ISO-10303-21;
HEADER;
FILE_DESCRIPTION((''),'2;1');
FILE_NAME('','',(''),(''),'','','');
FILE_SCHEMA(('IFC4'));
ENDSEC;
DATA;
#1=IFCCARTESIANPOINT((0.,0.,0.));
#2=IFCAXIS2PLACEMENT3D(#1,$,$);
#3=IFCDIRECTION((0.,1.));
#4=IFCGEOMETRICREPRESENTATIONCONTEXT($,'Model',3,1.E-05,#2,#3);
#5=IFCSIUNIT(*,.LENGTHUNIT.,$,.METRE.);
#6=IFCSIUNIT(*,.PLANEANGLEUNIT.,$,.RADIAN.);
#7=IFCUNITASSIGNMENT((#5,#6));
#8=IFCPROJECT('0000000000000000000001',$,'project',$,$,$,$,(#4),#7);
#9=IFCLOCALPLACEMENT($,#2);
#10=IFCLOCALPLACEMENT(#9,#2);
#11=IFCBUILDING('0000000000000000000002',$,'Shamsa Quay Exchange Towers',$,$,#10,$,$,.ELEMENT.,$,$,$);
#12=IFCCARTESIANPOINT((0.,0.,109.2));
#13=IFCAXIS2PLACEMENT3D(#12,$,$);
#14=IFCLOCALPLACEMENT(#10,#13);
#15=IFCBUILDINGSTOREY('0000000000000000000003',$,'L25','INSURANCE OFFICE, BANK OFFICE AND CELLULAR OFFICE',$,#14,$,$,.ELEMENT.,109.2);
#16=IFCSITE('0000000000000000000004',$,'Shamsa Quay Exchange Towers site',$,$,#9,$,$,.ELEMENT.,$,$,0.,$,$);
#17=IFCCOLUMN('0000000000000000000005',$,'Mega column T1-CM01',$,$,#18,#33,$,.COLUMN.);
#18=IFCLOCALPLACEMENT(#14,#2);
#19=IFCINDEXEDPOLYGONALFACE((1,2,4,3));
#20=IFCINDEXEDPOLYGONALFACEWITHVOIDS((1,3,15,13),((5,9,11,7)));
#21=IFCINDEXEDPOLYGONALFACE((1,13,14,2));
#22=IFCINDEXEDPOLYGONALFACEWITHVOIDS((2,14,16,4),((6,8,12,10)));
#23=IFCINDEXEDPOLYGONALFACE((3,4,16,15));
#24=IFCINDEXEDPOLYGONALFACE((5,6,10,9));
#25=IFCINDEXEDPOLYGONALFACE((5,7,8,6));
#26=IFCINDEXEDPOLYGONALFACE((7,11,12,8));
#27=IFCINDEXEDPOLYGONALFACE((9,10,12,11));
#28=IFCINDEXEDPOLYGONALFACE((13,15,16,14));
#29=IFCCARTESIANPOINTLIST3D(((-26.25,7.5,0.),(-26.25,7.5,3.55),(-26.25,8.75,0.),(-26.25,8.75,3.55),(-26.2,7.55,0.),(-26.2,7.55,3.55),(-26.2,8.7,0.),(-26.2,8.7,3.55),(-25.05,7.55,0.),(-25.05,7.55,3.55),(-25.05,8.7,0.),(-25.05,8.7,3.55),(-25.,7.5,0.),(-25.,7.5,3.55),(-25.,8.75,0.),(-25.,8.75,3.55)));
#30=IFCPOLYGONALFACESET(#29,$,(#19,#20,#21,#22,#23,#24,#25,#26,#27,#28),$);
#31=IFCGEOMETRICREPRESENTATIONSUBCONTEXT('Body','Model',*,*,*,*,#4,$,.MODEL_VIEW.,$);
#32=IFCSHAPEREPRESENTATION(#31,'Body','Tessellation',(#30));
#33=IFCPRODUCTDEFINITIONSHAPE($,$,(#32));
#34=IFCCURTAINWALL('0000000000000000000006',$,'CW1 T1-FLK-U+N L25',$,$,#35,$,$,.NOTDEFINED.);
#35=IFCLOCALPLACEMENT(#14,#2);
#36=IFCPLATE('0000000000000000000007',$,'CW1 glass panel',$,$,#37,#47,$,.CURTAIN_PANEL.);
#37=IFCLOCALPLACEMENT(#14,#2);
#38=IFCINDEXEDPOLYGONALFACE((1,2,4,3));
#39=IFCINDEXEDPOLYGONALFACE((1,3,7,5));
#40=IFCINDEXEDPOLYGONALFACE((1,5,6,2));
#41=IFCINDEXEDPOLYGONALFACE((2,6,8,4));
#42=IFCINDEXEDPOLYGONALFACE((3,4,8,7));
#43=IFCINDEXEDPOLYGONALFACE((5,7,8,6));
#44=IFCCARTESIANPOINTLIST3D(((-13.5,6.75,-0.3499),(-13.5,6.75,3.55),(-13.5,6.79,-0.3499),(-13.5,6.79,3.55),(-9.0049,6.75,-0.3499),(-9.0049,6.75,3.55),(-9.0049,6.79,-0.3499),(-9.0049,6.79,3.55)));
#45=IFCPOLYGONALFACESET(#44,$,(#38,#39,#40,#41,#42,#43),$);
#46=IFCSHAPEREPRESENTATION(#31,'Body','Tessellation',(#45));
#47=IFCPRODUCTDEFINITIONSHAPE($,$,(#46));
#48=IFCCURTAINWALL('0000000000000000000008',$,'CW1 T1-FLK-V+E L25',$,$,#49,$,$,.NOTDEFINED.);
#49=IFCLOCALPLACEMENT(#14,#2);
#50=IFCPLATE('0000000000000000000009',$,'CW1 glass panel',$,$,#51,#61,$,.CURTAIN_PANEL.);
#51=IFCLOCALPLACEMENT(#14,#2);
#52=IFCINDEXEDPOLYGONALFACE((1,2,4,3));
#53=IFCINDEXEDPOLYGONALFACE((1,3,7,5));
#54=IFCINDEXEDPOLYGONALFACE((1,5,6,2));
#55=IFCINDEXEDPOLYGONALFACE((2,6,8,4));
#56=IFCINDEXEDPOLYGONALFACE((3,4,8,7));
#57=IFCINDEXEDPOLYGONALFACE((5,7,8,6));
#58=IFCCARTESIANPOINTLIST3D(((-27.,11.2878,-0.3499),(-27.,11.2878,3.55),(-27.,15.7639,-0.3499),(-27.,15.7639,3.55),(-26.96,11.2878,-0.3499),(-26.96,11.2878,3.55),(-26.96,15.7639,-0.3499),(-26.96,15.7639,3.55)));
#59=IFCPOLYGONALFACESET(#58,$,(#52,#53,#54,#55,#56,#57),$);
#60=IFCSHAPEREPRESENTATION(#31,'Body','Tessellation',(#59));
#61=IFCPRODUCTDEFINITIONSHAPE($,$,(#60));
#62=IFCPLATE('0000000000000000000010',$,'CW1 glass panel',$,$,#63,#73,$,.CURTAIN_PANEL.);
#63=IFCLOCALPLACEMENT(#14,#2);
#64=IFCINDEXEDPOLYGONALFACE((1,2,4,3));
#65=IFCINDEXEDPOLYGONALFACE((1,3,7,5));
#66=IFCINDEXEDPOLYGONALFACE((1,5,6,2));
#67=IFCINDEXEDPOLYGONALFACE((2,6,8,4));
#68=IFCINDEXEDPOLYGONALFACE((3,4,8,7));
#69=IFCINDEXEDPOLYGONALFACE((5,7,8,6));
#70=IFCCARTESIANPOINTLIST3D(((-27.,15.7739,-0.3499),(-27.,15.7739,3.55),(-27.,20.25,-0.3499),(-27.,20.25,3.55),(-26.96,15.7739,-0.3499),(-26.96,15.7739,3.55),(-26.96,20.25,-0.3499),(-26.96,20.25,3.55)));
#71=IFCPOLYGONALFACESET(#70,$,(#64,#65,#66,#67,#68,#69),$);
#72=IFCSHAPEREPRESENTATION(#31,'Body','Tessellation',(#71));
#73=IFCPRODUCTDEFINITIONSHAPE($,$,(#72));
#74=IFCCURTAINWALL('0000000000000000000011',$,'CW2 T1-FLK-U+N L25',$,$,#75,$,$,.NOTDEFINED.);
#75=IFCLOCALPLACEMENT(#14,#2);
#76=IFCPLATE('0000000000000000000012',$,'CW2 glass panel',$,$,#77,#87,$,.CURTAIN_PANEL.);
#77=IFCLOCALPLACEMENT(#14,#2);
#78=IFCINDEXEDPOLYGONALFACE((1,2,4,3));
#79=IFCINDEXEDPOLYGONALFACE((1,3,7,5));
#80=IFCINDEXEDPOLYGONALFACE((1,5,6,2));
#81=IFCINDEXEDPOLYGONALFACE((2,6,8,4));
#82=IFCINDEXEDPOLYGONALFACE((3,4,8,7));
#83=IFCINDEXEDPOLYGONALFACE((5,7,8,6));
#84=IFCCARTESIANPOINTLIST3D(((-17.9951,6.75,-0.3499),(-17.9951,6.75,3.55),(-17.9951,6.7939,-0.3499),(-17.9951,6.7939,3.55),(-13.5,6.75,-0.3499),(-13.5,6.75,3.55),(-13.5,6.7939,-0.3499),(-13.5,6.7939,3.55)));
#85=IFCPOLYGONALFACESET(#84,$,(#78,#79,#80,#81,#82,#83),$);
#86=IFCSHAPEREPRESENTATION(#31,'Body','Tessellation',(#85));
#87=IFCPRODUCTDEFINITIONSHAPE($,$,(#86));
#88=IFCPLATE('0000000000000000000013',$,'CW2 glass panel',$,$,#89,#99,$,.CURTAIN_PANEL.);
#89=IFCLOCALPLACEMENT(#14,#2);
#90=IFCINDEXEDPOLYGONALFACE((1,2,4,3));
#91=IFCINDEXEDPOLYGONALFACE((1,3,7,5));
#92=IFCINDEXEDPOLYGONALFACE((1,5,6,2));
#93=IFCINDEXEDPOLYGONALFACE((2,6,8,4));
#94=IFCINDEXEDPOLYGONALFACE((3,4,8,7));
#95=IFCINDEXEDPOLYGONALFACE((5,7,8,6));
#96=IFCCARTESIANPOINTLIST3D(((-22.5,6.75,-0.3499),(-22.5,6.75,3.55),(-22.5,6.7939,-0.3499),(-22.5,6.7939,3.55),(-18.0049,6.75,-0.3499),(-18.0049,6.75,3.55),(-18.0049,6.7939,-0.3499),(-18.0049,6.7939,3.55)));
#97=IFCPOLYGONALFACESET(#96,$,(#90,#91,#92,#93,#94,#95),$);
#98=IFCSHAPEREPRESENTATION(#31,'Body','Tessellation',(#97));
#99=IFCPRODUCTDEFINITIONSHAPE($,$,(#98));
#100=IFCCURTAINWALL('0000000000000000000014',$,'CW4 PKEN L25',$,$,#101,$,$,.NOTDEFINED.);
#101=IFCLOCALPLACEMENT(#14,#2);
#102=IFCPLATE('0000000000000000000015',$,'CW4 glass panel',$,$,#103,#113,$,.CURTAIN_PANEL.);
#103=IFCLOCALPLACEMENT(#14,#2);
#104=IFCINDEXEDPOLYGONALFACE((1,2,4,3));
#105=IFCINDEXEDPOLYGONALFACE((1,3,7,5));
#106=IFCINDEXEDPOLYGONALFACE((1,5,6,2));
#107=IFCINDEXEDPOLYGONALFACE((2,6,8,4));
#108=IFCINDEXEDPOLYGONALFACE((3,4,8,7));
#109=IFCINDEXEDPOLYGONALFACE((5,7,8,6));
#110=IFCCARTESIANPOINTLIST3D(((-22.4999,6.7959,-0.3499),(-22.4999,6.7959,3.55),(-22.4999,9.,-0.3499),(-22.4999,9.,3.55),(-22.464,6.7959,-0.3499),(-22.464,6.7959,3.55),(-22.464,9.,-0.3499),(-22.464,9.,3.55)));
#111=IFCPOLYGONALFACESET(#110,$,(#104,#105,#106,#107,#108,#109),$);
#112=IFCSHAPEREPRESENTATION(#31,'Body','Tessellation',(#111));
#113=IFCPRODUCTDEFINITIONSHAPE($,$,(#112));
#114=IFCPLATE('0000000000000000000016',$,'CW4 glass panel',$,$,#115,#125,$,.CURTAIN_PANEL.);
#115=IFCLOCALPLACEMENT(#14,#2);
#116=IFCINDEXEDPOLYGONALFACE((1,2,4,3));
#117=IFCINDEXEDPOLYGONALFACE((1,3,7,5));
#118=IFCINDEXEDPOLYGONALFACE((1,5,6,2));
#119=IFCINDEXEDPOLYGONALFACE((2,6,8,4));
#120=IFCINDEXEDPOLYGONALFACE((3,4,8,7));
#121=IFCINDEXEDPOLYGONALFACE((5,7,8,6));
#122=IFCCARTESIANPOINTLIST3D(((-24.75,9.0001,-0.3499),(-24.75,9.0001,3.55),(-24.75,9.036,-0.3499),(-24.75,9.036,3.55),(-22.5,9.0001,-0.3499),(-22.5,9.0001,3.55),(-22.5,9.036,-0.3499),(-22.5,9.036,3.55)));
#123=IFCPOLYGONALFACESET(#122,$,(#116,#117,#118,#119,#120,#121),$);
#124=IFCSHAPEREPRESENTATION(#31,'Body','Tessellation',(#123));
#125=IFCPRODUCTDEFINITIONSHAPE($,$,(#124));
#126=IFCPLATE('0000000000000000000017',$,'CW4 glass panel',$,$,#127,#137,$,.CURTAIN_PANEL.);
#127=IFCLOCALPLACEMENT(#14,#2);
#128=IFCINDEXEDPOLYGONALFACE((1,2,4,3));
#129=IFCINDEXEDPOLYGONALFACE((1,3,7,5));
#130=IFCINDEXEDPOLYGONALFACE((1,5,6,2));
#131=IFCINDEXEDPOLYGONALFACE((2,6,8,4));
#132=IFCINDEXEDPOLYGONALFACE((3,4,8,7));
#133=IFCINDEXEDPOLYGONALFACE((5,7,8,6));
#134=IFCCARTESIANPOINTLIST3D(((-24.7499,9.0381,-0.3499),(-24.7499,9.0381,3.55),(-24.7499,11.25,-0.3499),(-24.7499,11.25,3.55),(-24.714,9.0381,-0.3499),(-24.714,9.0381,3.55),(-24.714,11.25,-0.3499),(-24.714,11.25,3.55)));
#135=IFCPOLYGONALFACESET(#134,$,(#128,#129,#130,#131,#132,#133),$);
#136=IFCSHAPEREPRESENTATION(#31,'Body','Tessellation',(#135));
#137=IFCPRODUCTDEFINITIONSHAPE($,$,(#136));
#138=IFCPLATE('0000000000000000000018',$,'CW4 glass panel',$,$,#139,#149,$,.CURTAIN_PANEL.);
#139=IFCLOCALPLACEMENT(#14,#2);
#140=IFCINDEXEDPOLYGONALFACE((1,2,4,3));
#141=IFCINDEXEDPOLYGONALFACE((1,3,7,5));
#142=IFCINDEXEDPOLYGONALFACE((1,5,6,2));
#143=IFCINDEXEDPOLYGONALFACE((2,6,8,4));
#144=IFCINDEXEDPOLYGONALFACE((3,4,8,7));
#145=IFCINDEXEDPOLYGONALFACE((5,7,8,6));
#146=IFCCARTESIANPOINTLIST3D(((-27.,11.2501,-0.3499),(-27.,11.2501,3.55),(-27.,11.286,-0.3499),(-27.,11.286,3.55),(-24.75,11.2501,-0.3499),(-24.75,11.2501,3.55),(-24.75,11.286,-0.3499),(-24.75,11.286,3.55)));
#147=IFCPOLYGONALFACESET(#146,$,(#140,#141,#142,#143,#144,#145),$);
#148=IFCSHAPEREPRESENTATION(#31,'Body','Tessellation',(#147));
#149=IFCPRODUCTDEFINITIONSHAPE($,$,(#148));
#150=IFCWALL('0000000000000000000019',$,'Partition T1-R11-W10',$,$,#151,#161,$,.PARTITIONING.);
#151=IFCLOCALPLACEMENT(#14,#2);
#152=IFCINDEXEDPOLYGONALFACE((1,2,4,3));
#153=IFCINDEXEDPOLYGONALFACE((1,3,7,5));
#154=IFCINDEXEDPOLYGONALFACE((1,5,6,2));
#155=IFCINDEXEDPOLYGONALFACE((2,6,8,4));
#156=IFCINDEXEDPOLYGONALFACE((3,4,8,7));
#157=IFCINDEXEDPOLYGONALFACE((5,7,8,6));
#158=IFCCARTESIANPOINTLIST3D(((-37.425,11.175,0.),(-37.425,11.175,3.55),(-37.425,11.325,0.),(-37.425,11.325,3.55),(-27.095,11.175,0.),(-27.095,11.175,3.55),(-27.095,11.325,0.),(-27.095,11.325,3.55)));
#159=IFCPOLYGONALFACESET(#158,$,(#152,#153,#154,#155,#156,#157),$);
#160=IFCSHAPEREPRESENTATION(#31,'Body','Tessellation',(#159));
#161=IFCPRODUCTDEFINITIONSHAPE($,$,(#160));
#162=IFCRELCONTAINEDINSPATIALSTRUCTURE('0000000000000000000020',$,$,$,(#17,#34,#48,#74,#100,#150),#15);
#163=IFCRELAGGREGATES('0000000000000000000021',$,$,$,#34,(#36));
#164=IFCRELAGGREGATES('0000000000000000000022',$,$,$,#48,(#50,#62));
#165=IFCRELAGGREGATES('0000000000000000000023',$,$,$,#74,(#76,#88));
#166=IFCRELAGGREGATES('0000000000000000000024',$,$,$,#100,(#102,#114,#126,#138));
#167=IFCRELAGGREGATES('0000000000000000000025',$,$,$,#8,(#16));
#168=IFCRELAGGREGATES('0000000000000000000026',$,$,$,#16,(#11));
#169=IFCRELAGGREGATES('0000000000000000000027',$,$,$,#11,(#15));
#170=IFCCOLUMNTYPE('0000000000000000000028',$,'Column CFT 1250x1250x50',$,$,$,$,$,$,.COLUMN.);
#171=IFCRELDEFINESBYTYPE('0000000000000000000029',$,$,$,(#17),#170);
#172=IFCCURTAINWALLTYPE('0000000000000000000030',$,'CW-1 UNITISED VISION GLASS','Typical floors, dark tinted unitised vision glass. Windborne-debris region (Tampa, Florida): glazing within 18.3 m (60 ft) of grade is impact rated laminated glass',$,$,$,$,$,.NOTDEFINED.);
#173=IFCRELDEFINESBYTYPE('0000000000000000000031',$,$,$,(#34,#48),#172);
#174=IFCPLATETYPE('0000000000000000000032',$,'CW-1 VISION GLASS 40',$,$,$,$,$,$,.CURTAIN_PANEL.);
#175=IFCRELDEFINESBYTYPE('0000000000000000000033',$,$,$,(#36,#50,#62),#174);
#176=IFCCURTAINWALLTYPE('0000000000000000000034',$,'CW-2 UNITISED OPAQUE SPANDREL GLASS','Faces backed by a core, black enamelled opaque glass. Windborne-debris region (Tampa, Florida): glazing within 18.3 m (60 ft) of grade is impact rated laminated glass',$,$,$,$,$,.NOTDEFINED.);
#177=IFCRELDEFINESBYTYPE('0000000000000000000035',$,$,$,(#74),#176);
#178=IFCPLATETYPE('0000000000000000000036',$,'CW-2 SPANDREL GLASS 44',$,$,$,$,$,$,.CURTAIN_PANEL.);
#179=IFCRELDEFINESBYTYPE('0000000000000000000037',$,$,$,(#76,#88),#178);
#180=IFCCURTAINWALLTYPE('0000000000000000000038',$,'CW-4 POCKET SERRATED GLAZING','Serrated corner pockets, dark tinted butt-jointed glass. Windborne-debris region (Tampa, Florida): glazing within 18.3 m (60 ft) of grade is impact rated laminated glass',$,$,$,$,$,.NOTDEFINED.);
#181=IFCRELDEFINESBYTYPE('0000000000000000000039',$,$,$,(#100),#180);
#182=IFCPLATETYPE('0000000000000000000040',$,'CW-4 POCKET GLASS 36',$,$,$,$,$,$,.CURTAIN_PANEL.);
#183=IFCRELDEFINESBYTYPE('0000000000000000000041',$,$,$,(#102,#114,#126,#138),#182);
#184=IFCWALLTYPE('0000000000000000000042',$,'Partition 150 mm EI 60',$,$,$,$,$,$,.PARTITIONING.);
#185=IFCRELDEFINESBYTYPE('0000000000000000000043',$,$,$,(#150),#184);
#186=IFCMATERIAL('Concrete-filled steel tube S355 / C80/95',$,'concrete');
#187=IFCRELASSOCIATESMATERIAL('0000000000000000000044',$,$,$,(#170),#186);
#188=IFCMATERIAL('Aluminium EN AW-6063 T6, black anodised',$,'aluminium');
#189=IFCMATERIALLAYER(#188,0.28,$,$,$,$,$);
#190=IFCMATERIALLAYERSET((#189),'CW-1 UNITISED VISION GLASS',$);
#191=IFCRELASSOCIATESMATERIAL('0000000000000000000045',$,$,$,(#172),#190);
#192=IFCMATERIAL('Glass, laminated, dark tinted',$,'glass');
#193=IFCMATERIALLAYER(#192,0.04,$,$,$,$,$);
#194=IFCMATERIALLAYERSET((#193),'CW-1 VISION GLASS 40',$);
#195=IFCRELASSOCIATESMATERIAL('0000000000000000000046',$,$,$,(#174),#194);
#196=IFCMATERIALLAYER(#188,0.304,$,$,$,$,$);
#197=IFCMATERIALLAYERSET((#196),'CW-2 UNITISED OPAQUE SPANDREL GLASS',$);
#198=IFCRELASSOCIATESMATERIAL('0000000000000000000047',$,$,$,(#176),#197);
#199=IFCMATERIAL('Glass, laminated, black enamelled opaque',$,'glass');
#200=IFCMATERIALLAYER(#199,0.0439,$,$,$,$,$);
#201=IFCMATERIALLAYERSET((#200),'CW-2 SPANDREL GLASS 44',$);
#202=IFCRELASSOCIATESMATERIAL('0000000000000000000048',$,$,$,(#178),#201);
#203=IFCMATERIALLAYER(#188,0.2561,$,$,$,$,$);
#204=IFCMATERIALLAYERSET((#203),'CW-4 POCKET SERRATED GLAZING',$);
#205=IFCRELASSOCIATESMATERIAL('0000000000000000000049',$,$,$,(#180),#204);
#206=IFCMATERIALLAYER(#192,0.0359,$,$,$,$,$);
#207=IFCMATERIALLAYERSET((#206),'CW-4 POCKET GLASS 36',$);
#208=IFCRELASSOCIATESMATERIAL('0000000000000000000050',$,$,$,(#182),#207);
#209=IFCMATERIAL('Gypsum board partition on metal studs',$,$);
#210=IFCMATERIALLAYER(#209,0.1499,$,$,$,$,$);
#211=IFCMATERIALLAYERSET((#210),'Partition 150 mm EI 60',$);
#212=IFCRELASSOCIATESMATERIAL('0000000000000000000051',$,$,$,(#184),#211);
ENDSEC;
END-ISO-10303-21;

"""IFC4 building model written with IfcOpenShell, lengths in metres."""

from ifc_helpers import new_model, si_unit, direction, frame, frame_2d, origin, origin_2d, place, context, subcontext, project, spatial, rectangle, hollow_rectangle, extrude, material, layer, layer_set, material_profile, profile_set, type_object, element, aggregate, save


model = new_model("IFC4")

# Units and contexts
model_context = context("Model", 3, precision=1e-05, world=origin(), true_north=direction((0.0, 1.0)))
body_context = subcontext(model_context, "Body", "Model", "MODEL_VIEW")
ifc_project = project(units=[si_unit("LENGTHUNIT", "METRE"), si_unit("PLANEANGLEUNIT", "RADIAN")], contexts=[model_context])

# Site, building, storey
site_placement = place(None, origin())
site = spatial("IfcSite", under=ifc_project, at=site_placement, Name="Shamsa Quay Exchange Towers site", CompositionType="ELEMENT", RefElevation=0.0)
building_placement = place(site_placement, origin())
building = spatial("IfcBuilding", under=site, at=building_placement, Name="Shamsa Quay Exchange Towers", CompositionType="ELEMENT")
storey_placement = place(building_placement, frame((0.0, 0.0, 109.2)))
storey = spatial("IfcBuildingStorey", under=building, at=storey_placement, Name="L25", Description="INSURANCE OFFICE, BANK OFFICE AND CELLULAR OFFICE", CompositionType="ELEMENT", Elevation=109.2)

# Column
ifc_material_1 = material(Name="Concrete-filled steel tube S355 / C80/95", Category="concrete")
ifc_material_profile = material_profile(ifc_material_1, hollow_rectangle(XDim=1.25, YDim=1.25, WallThickness=0.05, at=origin_2d()), Name="CFT 1250x1250x50")
ifc_profile_set = profile_set([ifc_material_profile], Name="Concrete-filled steel tube S355 / C80/95")
column_type = type_object("IfcColumnType", Name="Column CFT 1250x1250x50", PredefinedType="COLUMN", material=ifc_profile_set)
column_placement = place(storey_placement, frame((-25.625, 8.125, 0.0)))
element("IfcColumn", 1, at=column_placement, inside=storey, type_object=column_type, Name="Mega column T1-CM01", PredefinedType="COLUMN", context=body_context, shape_type="SweptSolid", body=[
    extrude(hollow_rectangle(XDim=1.25, YDim=1.25, WallThickness=0.05, at=origin_2d()), origin(), (0.0, 0.0, 1.0), 3.55),
])

# Curtain wall, plate
ifc_material_2 = material(Name="Aluminium EN AW-6063 T6, black anodised", Category="aluminium")
ifc_layer_1 = layer(ifc_material_2, 0.28)
ifc_layer_set_1 = layer_set([ifc_layer_1], Name="CW-1 UNITISED VISION GLASS")
curtain_wall_type_1 = type_object("IfcCurtainWallType", Name="CW-1 UNITISED VISION GLASS", Description="Typical floors, dark tinted unitised vision glass. Windborne-debris region (Tampa, Florida): glazing within 18.3 m (60 ft) of grade is impact rated laminated glass", PredefinedType="NOTDEFINED", material=ifc_layer_set_1)
curtain_wall_1_placement = place(storey_placement, origin())
curtain_wall_1 = element("IfcCurtainWall", 2, at=curtain_wall_1_placement, inside=storey, type_object=curtain_wall_type_1, Name="CW1 T1-FLK-U+N L25", PredefinedType="NOTDEFINED")
ifc_material_3 = material(Name="Glass, laminated, dark tinted", Category="glass")
ifc_layer_2 = layer(ifc_material_3, 0.04)
ifc_layer_set_2 = layer_set([ifc_layer_2], Name="CW-1 VISION GLASS 40")
plate_type_1 = type_object("IfcPlateType", Name="CW-1 VISION GLASS 40", PredefinedType="CURTAIN_PANEL", material=ifc_layer_set_2)
plate_1_placement = place(storey_placement, frame((-11.2524, 6.77, -0.3499), z_axis=(0.0, 0.0, 1.0), x_axis=(-1.0, 0.0, 0.0)))
plate_1 = element("IfcPlate", 3, at=plate_1_placement, type_object=plate_type_1, Name="CW1 glass panel", PredefinedType="CURTAIN_PANEL", context=body_context, shape_type="SweptSolid", body=[
    extrude(rectangle(XDim=4.4951, YDim=0.04, at=origin_2d()), origin(), (0.0, 0.0, 1.0), 3.8999),
])
aggregate(curtain_wall_1, [plate_1])

# Curtain walls, plates
curtain_wall_2_placement = place(storey_placement, origin())
curtain_wall_2 = element("IfcCurtainWall", 4, at=curtain_wall_2_placement, inside=storey, type_object=curtain_wall_type_1, Name="CW1 T1-FLK-V+E L25", PredefinedType="NOTDEFINED")
plate_2_placement = place(storey_placement, frame((-26.98, 13.5259, -0.3499), z_axis=(0.0, 0.0, 1.0), x_axis=(0.0, 1.0, 0.0)))
plate_2 = element("IfcPlate", 5, at=plate_2_placement, type_object=plate_type_1, Name="CW1 glass panel", PredefinedType="CURTAIN_PANEL", context=body_context, shape_type="SweptSolid", body=[
    extrude(rectangle(XDim=4.4761, YDim=0.04, at=origin_2d()), origin(), (0.0, 0.0, 1.0), 3.8999),
])
plate_3_placement = place(storey_placement, frame((-26.98, 18.012, -0.3499), z_axis=(0.0, 0.0, 1.0), x_axis=(0.0, 1.0, 0.0)))
plate_3 = element("IfcPlate", 6, at=plate_3_placement, type_object=plate_type_1, Name="CW1 glass panel", PredefinedType="CURTAIN_PANEL", context=body_context, shape_type="SweptSolid", body=[
    extrude(rectangle(XDim=4.4761, YDim=0.04, at=origin_2d()), origin(), (0.0, 0.0, 1.0), 3.8999),
])
aggregate(curtain_wall_2, [plate_2, plate_3])
ifc_layer_3 = layer(ifc_material_2, 0.304)
ifc_layer_set_3 = layer_set([ifc_layer_3], Name="CW-2 UNITISED OPAQUE SPANDREL GLASS")
curtain_wall_type_2 = type_object("IfcCurtainWallType", Name="CW-2 UNITISED OPAQUE SPANDREL GLASS", Description="Faces backed by a core, black enamelled opaque glass. Windborne-debris region (Tampa, Florida): glazing within 18.3 m (60 ft) of grade is impact rated laminated glass", PredefinedType="NOTDEFINED", material=ifc_layer_set_3)
curtain_wall_3_placement = place(storey_placement, origin())
curtain_wall_3 = element("IfcCurtainWall", 7, at=curtain_wall_3_placement, inside=storey, type_object=curtain_wall_type_2, Name="CW2 T1-FLK-U+N L25", PredefinedType="NOTDEFINED")
ifc_material_4 = material(Name="Glass, laminated, black enamelled opaque", Category="glass")
ifc_layer_4 = layer(ifc_material_4, 0.0439)
ifc_layer_set_4 = layer_set([ifc_layer_4], Name="CW-2 SPANDREL GLASS 44")
plate_type_2 = type_object("IfcPlateType", Name="CW-2 SPANDREL GLASS 44", PredefinedType="CURTAIN_PANEL", material=ifc_layer_set_4)
plate_4_placement = place(storey_placement, frame((-15.7476, 6.772, -0.3499), z_axis=(0.0, 0.0, 1.0), x_axis=(-1.0, 0.0, 0.0)))
plate_4 = element("IfcPlate", 8, at=plate_4_placement, type_object=plate_type_2, Name="CW2 glass panel", PredefinedType="CURTAIN_PANEL", context=body_context, shape_type="SweptSolid", body=[
    extrude(rectangle(XDim=4.4951, YDim=0.0439, at=origin_2d()), origin(), (0.0, 0.0, 1.0), 3.8999),
])
plate_5_placement = place(storey_placement, frame((-20.2524, 6.772, -0.3499), z_axis=(0.0, 0.0, 1.0), x_axis=(-1.0, 0.0, 0.0)))
plate_5 = element("IfcPlate", 9, at=plate_5_placement, type_object=plate_type_2, Name="CW2 glass panel", PredefinedType="CURTAIN_PANEL", context=body_context, shape_type="SweptSolid", body=[
    extrude(rectangle(XDim=4.4951, YDim=0.0439, at=origin_2d()), origin(), (0.0, 0.0, 1.0), 3.8999),
])
aggregate(curtain_wall_3, [plate_4, plate_5])
ifc_layer_5 = layer(ifc_material_2, 0.2561)
ifc_layer_set_5 = layer_set([ifc_layer_5], Name="CW-4 POCKET SERRATED GLAZING")
curtain_wall_type_3 = type_object("IfcCurtainWallType", Name="CW-4 POCKET SERRATED GLAZING", Description="Serrated corner pockets, dark tinted butt-jointed glass. Windborne-debris region (Tampa, Florida): glazing within 18.3 m (60 ft) of grade is impact rated laminated glass", PredefinedType="NOTDEFINED", material=ifc_layer_set_5)
curtain_wall_4_placement = place(storey_placement, origin())
curtain_wall_4 = element("IfcCurtainWall", 10, at=curtain_wall_4_placement, inside=storey, type_object=curtain_wall_type_3, Name="CW4 PKEN L25", PredefinedType="NOTDEFINED")
ifc_layer_6 = layer(ifc_material_3, 0.0359)
ifc_layer_set_6 = layer_set([ifc_layer_6], Name="CW-4 POCKET GLASS 36")
plate_type_3 = type_object("IfcPlateType", Name="CW-4 POCKET GLASS 36", PredefinedType="CURTAIN_PANEL", material=ifc_layer_set_6)
plate_6_placement = place(storey_placement, frame((-22.4819, 7.8979, -0.3499), z_axis=(0.0, 0.0, 1.0), x_axis=(0.0, 1.0, 0.0)))
plate_6 = element("IfcPlate", 11, at=plate_6_placement, type_object=plate_type_3, Name="CW4 glass panel", PredefinedType="CURTAIN_PANEL", context=body_context, shape_type="SweptSolid", body=[
    extrude(rectangle(XDim=2.2041, YDim=0.0359, at=origin_2d()), origin(), (0.0, 0.0, 1.0), 3.8999),
])
plate_7_placement = place(storey_placement, frame((-23.625, 9.0181, -0.3499), z_axis=(0.0, 0.0, 1.0), x_axis=(-1.0, 0.0, 0.0)))
plate_7 = element("IfcPlate", 12, at=plate_7_placement, type_object=plate_type_3, Name="CW4 glass panel", PredefinedType="CURTAIN_PANEL", context=body_context, shape_type="SweptSolid", body=[
    extrude(rectangle(XDim=2.25, YDim=0.0359, at=origin_2d()), origin(), (0.0, 0.0, 1.0), 3.8999),
])
plate_8_placement = place(storey_placement, frame((-24.7319, 10.144, -0.3499), z_axis=(0.0, 0.0, 1.0), x_axis=(0.0, 1.0, 0.0)))
plate_8 = element("IfcPlate", 13, at=plate_8_placement, type_object=plate_type_3, Name="CW4 glass panel", PredefinedType="CURTAIN_PANEL", context=body_context, shape_type="SweptSolid", body=[
    extrude(rectangle(XDim=2.2119, YDim=0.0359, at=origin_2d()), origin(), (0.0, 0.0, 1.0), 3.8999),
])
plate_9_placement = place(storey_placement, frame((-25.875, 11.2681, -0.3499), z_axis=(0.0, 0.0, 1.0), x_axis=(-1.0, 0.0, 0.0)))
plate_9 = element("IfcPlate", 14, at=plate_9_placement, type_object=plate_type_3, Name="CW4 glass panel", PredefinedType="CURTAIN_PANEL", context=body_context, shape_type="SweptSolid", body=[
    extrude(rectangle(XDim=2.25, YDim=0.0359, at=origin_2d()), origin(), (0.0, 0.0, 1.0), 3.8999),
])
aggregate(curtain_wall_4, [plate_6, plate_7, plate_8, plate_9])

# Wall
ifc_material_5 = material(Name="Gypsum board partition on metal studs")
ifc_layer_7 = layer(ifc_material_5, 0.1499)
ifc_layer_set_7 = layer_set([ifc_layer_7], Name="Partition 150 mm EI 60")
wall_type = type_object("IfcWallType", Name="Partition 150 mm EI 60", PredefinedType="PARTITIONING", material=ifc_layer_set_7)
wall_placement = place(storey_placement, frame((-27.095, 11.25, 0.0), z_axis=(0.0, 0.0, 1.0), x_axis=(-1.0, 0.0, 0.0)))
element("IfcWall", 15, at=wall_placement, inside=storey, type_object=wall_type, Name="Partition T1-R11-W10", PredefinedType="PARTITIONING", context=body_context, shape_type="SweptSolid", body=[
    extrude(rectangle(XDim=10.3301, YDim=0.1499, at=frame_2d((5.165, 0.0))), origin(), (0.0, 0.0, 1.0), 3.55),
])

save(model, "model.ifc")
